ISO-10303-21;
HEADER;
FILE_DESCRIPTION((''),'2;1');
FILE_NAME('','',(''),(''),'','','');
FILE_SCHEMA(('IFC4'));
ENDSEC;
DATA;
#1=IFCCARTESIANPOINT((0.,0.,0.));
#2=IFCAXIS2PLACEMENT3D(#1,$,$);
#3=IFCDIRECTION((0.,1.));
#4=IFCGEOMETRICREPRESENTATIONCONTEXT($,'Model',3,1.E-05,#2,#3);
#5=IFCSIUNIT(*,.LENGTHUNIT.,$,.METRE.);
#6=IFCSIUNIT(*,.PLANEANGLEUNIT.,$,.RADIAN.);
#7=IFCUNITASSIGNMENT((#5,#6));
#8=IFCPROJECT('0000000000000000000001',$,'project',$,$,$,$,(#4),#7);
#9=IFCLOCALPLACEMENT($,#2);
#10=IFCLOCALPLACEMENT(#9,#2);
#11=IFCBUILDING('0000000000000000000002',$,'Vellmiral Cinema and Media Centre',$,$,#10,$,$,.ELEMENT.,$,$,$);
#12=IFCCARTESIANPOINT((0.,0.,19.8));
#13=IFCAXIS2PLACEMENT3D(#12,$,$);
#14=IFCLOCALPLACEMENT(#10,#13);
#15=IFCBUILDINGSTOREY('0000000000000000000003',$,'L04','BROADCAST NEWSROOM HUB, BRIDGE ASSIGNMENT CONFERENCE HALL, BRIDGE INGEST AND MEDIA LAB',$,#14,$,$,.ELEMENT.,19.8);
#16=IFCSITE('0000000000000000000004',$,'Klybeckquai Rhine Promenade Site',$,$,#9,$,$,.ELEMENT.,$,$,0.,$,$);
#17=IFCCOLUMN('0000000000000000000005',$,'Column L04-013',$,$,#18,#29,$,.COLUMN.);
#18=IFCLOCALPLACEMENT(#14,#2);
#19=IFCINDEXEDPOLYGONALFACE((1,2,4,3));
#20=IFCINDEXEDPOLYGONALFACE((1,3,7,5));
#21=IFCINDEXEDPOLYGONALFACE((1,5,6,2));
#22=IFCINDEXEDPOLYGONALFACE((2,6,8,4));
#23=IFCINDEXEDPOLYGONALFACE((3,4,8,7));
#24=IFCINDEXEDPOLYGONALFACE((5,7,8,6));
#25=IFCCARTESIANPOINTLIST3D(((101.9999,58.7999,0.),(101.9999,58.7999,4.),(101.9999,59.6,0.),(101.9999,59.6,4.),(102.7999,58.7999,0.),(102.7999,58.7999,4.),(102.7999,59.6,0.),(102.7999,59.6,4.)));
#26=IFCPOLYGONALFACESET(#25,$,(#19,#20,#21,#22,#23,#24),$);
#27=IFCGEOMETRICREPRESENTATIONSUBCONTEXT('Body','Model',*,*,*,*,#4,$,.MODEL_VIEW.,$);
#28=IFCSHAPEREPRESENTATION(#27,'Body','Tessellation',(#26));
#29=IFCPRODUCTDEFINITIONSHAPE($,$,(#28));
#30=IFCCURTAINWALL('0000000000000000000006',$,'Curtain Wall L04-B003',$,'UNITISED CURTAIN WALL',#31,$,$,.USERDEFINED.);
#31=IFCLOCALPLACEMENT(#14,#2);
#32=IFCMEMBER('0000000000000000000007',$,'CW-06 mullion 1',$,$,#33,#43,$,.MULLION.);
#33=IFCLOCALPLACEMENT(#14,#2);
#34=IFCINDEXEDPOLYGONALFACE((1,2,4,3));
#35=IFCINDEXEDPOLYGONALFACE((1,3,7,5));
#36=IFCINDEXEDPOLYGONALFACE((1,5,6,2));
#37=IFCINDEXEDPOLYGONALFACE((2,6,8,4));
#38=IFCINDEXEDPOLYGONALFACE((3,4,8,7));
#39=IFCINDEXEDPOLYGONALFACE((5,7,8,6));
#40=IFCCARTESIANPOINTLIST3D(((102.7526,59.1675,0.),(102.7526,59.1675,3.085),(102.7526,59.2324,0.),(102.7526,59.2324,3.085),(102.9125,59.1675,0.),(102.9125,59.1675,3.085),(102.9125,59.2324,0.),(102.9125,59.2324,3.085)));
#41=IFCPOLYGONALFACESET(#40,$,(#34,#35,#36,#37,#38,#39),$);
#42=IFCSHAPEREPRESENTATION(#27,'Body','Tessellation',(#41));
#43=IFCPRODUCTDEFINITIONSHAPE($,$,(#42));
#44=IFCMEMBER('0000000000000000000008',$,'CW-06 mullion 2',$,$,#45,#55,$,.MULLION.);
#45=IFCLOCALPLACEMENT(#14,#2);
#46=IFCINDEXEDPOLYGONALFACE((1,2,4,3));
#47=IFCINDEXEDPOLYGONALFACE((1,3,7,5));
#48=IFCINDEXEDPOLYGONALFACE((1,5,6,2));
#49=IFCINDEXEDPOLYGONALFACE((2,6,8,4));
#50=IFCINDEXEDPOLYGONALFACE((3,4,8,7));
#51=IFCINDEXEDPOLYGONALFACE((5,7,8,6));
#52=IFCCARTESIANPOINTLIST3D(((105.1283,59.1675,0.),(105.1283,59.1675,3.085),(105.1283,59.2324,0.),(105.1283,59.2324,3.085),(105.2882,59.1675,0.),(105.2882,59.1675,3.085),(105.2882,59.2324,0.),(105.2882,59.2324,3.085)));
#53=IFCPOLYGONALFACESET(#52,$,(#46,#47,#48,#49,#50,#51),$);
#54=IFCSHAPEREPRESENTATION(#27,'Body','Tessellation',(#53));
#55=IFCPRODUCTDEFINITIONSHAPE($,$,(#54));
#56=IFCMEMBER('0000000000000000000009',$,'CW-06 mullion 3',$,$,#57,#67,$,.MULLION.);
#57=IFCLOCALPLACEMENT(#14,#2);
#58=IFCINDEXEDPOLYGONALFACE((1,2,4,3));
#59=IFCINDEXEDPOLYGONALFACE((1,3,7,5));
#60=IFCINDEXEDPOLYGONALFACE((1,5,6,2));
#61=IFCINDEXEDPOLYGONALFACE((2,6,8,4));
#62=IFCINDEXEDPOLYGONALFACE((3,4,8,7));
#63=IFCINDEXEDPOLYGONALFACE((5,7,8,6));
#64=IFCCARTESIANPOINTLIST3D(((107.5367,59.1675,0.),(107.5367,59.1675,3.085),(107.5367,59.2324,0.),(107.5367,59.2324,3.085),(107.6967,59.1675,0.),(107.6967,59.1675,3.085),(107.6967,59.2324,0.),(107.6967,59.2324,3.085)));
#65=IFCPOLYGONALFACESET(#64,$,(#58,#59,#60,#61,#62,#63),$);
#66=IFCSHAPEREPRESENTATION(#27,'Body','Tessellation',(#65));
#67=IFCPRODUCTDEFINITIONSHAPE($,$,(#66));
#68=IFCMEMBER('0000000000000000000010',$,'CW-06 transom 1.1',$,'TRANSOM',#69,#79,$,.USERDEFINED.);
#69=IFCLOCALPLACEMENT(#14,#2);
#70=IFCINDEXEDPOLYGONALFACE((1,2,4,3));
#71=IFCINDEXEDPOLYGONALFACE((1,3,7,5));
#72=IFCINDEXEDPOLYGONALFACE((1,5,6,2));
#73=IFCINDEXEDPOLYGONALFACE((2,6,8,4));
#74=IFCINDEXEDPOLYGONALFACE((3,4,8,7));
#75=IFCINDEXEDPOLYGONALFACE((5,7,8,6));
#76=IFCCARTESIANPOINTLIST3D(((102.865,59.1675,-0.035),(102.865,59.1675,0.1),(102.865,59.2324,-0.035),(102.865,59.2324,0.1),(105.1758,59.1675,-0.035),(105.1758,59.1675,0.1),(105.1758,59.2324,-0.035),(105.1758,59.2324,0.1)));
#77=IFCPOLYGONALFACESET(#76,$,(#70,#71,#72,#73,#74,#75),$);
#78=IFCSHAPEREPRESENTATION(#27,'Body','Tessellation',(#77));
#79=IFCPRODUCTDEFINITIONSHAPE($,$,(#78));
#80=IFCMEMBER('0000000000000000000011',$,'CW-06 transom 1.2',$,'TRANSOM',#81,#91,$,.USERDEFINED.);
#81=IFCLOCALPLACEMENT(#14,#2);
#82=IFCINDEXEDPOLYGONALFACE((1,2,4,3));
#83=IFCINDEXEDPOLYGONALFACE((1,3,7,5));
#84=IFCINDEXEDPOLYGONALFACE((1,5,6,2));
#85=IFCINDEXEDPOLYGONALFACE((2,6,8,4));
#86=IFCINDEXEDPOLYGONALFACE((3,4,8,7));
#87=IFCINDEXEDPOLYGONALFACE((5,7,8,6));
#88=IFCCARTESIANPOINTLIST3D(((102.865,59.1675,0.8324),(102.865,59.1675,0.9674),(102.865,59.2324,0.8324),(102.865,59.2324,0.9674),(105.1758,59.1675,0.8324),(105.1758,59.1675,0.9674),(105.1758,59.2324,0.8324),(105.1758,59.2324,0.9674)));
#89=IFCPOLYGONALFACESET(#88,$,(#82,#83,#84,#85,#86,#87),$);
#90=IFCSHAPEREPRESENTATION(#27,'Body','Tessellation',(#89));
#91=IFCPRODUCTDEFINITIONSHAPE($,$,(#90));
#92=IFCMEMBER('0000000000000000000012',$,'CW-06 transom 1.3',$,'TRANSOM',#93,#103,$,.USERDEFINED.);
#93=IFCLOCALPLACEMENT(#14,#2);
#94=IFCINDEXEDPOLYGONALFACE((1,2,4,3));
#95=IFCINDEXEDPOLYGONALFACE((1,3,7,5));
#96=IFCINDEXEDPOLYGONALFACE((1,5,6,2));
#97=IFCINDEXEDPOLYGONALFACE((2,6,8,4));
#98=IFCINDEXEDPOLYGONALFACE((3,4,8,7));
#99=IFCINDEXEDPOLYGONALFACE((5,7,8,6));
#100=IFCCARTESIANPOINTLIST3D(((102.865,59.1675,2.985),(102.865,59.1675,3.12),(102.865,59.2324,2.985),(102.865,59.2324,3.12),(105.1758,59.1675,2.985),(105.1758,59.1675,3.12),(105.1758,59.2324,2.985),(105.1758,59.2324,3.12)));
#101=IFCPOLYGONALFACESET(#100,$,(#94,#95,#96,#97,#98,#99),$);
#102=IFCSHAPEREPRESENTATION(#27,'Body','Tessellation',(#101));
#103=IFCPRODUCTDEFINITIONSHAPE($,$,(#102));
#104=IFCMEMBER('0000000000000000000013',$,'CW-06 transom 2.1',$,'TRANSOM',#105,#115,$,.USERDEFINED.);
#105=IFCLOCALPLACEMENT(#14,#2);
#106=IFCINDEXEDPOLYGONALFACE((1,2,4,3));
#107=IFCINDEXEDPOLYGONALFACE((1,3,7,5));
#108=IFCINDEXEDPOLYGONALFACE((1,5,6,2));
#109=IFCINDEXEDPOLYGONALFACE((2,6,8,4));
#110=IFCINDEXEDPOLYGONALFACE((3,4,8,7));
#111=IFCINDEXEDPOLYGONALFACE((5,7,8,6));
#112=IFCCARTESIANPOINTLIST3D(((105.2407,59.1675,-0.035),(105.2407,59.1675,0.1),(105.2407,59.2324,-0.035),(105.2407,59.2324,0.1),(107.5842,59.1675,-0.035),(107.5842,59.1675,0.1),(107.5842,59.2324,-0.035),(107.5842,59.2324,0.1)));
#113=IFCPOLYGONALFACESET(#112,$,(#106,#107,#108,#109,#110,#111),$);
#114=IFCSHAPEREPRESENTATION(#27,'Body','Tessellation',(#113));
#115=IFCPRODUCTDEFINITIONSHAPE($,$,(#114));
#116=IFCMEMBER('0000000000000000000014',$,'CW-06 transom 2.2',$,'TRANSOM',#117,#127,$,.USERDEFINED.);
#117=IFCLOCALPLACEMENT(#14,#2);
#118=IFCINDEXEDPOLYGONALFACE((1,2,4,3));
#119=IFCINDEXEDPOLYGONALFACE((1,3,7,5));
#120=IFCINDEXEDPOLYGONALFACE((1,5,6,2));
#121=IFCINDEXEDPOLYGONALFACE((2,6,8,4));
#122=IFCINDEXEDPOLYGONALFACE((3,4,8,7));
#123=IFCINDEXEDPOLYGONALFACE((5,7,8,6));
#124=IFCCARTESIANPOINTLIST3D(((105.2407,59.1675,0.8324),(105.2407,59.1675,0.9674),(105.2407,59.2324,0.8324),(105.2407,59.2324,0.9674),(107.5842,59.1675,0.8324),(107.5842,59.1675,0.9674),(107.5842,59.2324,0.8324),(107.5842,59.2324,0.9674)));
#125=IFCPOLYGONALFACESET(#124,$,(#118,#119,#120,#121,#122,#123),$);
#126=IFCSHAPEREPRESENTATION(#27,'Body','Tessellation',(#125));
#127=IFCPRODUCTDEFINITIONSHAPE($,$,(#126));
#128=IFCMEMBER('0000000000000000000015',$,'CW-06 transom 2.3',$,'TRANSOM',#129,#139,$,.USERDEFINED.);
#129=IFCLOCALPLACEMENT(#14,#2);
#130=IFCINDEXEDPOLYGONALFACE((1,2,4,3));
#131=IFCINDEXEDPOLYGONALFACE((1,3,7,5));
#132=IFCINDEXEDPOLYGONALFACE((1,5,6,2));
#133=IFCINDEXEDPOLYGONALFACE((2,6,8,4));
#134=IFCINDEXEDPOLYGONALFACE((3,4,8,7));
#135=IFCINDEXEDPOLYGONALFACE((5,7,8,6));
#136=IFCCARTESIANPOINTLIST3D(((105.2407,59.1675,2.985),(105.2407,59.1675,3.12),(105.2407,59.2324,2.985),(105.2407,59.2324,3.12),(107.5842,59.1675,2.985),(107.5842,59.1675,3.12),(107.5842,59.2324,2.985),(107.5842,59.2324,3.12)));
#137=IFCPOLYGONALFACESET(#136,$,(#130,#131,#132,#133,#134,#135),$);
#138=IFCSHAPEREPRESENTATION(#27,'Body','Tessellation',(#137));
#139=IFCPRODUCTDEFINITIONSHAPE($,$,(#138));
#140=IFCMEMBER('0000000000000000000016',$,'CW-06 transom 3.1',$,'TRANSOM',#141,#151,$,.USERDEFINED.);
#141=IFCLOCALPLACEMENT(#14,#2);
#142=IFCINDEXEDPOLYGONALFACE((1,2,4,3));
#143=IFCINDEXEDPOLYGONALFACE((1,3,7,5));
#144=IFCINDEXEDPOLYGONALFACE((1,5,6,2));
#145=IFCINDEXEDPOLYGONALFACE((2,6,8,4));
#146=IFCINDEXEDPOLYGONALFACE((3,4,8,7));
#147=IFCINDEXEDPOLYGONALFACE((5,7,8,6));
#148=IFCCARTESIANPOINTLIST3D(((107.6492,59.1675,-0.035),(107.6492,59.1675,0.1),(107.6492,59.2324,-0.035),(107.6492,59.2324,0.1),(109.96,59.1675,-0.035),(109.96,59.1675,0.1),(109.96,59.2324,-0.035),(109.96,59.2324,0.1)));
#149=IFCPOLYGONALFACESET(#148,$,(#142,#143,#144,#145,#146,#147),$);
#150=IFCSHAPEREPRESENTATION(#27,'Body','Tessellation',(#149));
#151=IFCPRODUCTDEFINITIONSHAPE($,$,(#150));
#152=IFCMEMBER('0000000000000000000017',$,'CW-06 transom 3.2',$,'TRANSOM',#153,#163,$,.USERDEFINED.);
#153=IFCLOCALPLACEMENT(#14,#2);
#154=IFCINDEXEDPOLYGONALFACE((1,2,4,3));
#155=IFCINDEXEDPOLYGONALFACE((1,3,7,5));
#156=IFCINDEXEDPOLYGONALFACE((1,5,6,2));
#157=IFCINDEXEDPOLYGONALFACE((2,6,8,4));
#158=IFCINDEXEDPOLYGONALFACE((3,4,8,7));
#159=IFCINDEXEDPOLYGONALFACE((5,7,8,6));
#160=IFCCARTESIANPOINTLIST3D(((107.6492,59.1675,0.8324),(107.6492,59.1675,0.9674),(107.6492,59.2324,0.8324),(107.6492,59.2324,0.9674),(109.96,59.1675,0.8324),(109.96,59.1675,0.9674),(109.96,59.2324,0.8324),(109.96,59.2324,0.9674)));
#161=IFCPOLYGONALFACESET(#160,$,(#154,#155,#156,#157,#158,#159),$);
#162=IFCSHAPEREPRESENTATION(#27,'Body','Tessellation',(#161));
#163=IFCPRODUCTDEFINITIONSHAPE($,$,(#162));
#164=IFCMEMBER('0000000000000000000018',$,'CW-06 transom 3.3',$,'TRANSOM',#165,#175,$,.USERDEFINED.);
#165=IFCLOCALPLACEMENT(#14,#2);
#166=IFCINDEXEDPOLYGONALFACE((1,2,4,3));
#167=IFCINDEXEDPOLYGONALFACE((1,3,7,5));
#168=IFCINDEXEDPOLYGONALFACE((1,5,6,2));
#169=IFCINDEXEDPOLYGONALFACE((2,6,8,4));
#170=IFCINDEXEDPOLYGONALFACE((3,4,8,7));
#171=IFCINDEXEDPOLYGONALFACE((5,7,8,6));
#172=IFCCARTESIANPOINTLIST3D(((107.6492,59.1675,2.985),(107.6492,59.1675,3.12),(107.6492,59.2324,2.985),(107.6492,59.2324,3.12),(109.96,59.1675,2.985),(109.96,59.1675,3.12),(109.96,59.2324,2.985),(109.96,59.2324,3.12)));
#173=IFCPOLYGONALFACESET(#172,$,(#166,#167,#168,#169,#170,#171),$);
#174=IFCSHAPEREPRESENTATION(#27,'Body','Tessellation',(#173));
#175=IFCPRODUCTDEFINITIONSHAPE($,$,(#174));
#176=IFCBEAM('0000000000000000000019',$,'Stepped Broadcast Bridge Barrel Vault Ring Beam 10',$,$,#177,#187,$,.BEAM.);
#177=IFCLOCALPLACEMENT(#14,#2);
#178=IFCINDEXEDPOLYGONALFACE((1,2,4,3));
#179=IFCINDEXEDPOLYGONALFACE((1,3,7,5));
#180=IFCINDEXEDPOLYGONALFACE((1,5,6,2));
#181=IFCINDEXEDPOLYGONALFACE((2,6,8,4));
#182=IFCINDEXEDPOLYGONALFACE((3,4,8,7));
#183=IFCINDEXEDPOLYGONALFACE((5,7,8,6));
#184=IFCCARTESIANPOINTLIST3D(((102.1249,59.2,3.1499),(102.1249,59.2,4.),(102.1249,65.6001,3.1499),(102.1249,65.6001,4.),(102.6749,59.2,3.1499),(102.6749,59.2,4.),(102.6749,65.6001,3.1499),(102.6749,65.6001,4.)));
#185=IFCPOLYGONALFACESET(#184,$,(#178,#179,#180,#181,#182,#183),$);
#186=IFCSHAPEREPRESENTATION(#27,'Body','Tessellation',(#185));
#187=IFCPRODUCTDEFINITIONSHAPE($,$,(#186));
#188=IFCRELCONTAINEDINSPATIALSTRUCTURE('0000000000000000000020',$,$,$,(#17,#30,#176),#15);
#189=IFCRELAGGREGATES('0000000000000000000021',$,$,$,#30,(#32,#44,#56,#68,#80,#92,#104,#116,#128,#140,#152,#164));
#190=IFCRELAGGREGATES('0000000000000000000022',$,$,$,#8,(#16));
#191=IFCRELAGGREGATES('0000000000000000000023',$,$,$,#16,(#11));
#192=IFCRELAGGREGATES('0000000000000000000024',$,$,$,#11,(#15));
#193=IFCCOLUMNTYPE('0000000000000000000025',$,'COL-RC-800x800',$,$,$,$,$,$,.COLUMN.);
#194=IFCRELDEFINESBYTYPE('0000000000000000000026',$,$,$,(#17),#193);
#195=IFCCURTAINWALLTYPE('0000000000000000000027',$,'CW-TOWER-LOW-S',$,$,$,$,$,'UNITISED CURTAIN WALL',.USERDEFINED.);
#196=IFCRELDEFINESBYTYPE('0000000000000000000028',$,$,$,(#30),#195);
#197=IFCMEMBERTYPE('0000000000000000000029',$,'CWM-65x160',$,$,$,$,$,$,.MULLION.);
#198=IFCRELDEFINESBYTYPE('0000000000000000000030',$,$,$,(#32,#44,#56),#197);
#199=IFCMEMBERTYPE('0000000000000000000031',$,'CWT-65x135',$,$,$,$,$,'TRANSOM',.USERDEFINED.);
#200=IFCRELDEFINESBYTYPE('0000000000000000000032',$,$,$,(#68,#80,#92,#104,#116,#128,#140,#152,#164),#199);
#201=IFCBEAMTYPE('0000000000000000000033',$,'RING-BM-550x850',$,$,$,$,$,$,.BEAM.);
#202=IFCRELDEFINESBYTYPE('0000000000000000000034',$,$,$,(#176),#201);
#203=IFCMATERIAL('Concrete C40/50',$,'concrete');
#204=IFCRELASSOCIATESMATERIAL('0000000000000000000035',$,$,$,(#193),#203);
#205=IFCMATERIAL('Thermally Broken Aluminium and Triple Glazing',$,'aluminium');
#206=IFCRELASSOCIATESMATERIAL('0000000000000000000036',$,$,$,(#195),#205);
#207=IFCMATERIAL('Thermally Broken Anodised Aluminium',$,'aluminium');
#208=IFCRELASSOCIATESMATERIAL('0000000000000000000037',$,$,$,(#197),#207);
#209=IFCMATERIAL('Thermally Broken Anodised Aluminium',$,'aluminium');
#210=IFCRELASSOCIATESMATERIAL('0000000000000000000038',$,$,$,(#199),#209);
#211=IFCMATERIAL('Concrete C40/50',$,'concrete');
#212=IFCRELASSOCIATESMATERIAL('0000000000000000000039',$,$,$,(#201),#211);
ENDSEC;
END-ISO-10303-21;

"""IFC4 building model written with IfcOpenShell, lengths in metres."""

from ifc_helpers import new_model, si_unit, direction, frame, origin, origin_2d, place, context, subcontext, project, spatial, rectangle, extrude, material, material_profile, profile_set, type_object, element, aggregate, save


model = new_model("IFC4")

# Units and contexts
model_context = context("Model", 3, precision=1e-05, world=origin(), true_north=direction((0.0, 1.0)))
body_context = subcontext(model_context, "Body", "Model", "MODEL_VIEW")
ifc_project = project(units=[si_unit("LENGTHUNIT", "METRE"), si_unit("PLANEANGLEUNIT", "RADIAN")], contexts=[model_context])

# Site, building, storey
site_placement = place(None, origin())
site = spatial("IfcSite", under=ifc_project, at=site_placement, Name="Klybeckquai Rhine Promenade Site", CompositionType="ELEMENT", RefElevation=0.0)
building_placement = place(site_placement, origin())
building = spatial("IfcBuilding", under=site, at=building_placement, Name="Vellmiral Cinema and Media Centre", CompositionType="ELEMENT")
storey_placement = place(building_placement, frame((0.0, 0.0, 19.8)))
storey = spatial("IfcBuildingStorey", under=building, at=storey_placement, Name="L04", Description="BROADCAST NEWSROOM HUB, BRIDGE ASSIGNMENT CONFERENCE HALL, BRIDGE INGEST AND MEDIA LAB", CompositionType="ELEMENT", Elevation=19.8)

# Column
ifc_material_1 = material(Name="Concrete C40/50", Category="concrete")
ifc_material_profile_1 = material_profile(ifc_material_1, rectangle(XDim=0.8, YDim=0.8, at=origin_2d()), Name="RC 800x800")
ifc_profile_set_1 = profile_set([ifc_material_profile_1], Name="Concrete C40/50")
column_type = type_object("IfcColumnType", Name="COL-RC-800x800", PredefinedType="COLUMN", material=ifc_profile_set_1)
column_placement = place(storey_placement, frame((102.3999, 59.2, 0.0), z_axis=(0.0, 0.0, 1.0), x_axis=(1.0, 0.0, 0.0)))
element("IfcColumn", 1, at=column_placement, inside=storey, type_object=column_type, Name="Column L04-013", PredefinedType="COLUMN", context=body_context, shape_type="SweptSolid", body=[
    extrude(rectangle(XDim=0.8, YDim=0.8, at=origin_2d()), origin(), (0.0, 0.0, 1.0), 4.0),
])

# Curtain wall, members
ifc_material_2 = material(Name="Thermally Broken Aluminium and Triple Glazing", Category="aluminium")
curtain_wall_type = type_object("IfcCurtainWallType", Name="CW-TOWER-LOW-S", ElementType="UNITISED CURTAIN WALL", PredefinedType="USERDEFINED", material=ifc_material_2)
curtain_wall_placement = place(storey_placement, origin())
curtain_wall = element("IfcCurtainWall", 2, at=curtain_wall_placement, inside=storey, type_object=curtain_wall_type, Name="Curtain Wall L04-B003", ObjectType="UNITISED CURTAIN WALL", PredefinedType="USERDEFINED")
ifc_material_3 = material(Name="Thermally Broken Anodised Aluminium", Category="aluminium")
ifc_material_profile_2 = material_profile(ifc_material_3, rectangle(XDim=0.0649, YDim=0.1599, at=origin_2d()), Name="MULL 65x160")
ifc_profile_set_2 = profile_set([ifc_material_profile_2], Name="Thermally Broken Anodised Aluminium")
member_type_1 = type_object("IfcMemberType", Name="CWM-65x160", PredefinedType="MULLION", material=ifc_profile_set_2)
member_1_placement = place(storey_placement, frame((102.8325, 59.2, 0.0), z_axis=(0.0, 0.0, 1.0), x_axis=(0.0, 1.0, 0.0)))
member_1 = element("IfcMember", 3, at=member_1_placement, type_object=member_type_1, Name="CW-06 mullion 1", PredefinedType="MULLION", context=body_context, shape_type="SweptSolid", body=[
    extrude(rectangle(XDim=0.0649, YDim=0.1599, at=origin_2d()), origin(), (0.0, 0.0, 1.0), 3.085),
])
member_2_placement = place(storey_placement, frame((105.2083, 59.2, 0.0), z_axis=(0.0, 0.0, 1.0), x_axis=(0.0, 1.0, 0.0)))
member_2 = element("IfcMember", 4, at=member_2_placement, type_object=member_type_1, Name="CW-06 mullion 2", PredefinedType="MULLION", context=body_context, shape_type="SweptSolid", body=[
    extrude(rectangle(XDim=0.0649, YDim=0.1599, at=origin_2d()), origin(), (0.0, 0.0, 1.0), 3.085),
])
member_3_placement = place(storey_placement, frame((107.6167, 59.2, 0.0), z_axis=(0.0, 0.0, 1.0), x_axis=(0.0, 1.0, 0.0)))
member_3 = element("IfcMember", 5, at=member_3_placement, type_object=member_type_1, Name="CW-06 mullion 3", PredefinedType="MULLION", context=body_context, shape_type="SweptSolid", body=[
    extrude(rectangle(XDim=0.0649, YDim=0.1599, at=origin_2d()), origin(), (0.0, 0.0, 1.0), 3.085),
])
ifc_material_4 = material(Name="Thermally Broken Anodised Aluminium", Category="aluminium")
ifc_material_profile_3 = material_profile(ifc_material_4, rectangle(XDim=0.0649, YDim=0.135, at=origin_2d()), Name="MULL 65x135")
ifc_profile_set_3 = profile_set([ifc_material_profile_3], Name="Thermally Broken Anodised Aluminium")
member_type_2 = type_object("IfcMemberType", Name="CWT-65x135", ElementType="TRANSOM", PredefinedType="USERDEFINED", material=ifc_profile_set_3)
member_4_placement = place(storey_placement, frame((102.865, 59.2, 0.0325), z_axis=(1.0, 0.0, 0.0), x_axis=(0.0, 1.0, 0.0)))
member_4 = element("IfcMember", 6, at=member_4_placement, type_object=member_type_2, Name="CW-06 transom 1.1", ObjectType="TRANSOM", PredefinedType="USERDEFINED", context=body_context, shape_type="SweptSolid", body=[
    extrude(rectangle(XDim=0.0649, YDim=0.135, at=origin_2d()), origin(), (0.0, 0.0, 1.0), 2.3108),
])
member_5_placement = place(storey_placement, frame((102.865, 59.2, 0.8999), z_axis=(1.0, 0.0, 0.0), x_axis=(0.0, 1.0, 0.0)))
member_5 = element("IfcMember", 7, at=member_5_placement, type_object=member_type_2, Name="CW-06 transom 1.2", ObjectType="TRANSOM", PredefinedType="USERDEFINED", context=body_context, shape_type="SweptSolid", body=[
    extrude(rectangle(XDim=0.0649, YDim=0.135, at=origin_2d()), origin(), (0.0, 0.0, 1.0), 2.3108),
])
member_6_placement = place(storey_placement, frame((102.865, 59.2, 3.0525), z_axis=(1.0, 0.0, 0.0), x_axis=(0.0, 1.0, 0.0)))
member_6 = element("IfcMember", 8, at=member_6_placement, type_object=member_type_2, Name="CW-06 transom 1.3", ObjectType="TRANSOM", PredefinedType="USERDEFINED", context=body_context, shape_type="SweptSolid", body=[
    extrude(rectangle(XDim=0.0649, YDim=0.135, at=origin_2d()), origin(), (0.0, 0.0, 1.0), 2.3108),
])
member_7_placement = place(storey_placement, frame((105.2407, 59.2, 0.0325), z_axis=(1.0, 0.0, 0.0), x_axis=(0.0, 1.0, 0.0)))
member_7 = element("IfcMember", 9, at=member_7_placement, type_object=member_type_2, Name="CW-06 transom 2.1", ObjectType="TRANSOM", PredefinedType="USERDEFINED", context=body_context, shape_type="SweptSolid", body=[
    extrude(rectangle(XDim=0.0649, YDim=0.135, at=origin_2d()), origin(), (0.0, 0.0, 1.0), 2.3435),
])
member_8_placement = place(storey_placement, frame((105.2407, 59.2, 0.8999), z_axis=(1.0, 0.0, 0.0), x_axis=(0.0, 1.0, 0.0)))
member_8 = element("IfcMember", 10, at=member_8_placement, type_object=member_type_2, Name="CW-06 transom 2.2", ObjectType="TRANSOM", PredefinedType="USERDEFINED", context=body_context, shape_type="SweptSolid", body=[
    extrude(rectangle(XDim=0.0649, YDim=0.135, at=origin_2d()), origin(), (0.0, 0.0, 1.0), 2.3435),
])
member_9_placement = place(storey_placement, frame((105.2407, 59.2, 3.0525), z_axis=(1.0, 0.0, 0.0), x_axis=(0.0, 1.0, 0.0)))
member_9 = element("IfcMember", 11, at=member_9_placement, type_object=member_type_2, Name="CW-06 transom 2.3", ObjectType="TRANSOM", PredefinedType="USERDEFINED", context=body_context, shape_type="SweptSolid", body=[
    extrude(rectangle(XDim=0.0649, YDim=0.135, at=origin_2d()), origin(), (0.0, 0.0, 1.0), 2.3435),
])
member_10_placement = place(storey_placement, frame((107.6492, 59.2, 0.0325), z_axis=(1.0, 0.0, 0.0), x_axis=(0.0, 1.0, 0.0)))
member_10 = element("IfcMember", 12, at=member_10_placement, type_object=member_type_2, Name="CW-06 transom 3.1", ObjectType="TRANSOM", PredefinedType="USERDEFINED", context=body_context, shape_type="SweptSolid", body=[
    extrude(rectangle(XDim=0.0649, YDim=0.135, at=origin_2d()), origin(), (0.0, 0.0, 1.0), 2.3108),
])
member_11_placement = place(storey_placement, frame((107.6492, 59.2, 0.8999), z_axis=(1.0, 0.0, 0.0), x_axis=(0.0, 1.0, 0.0)))
member_11 = element("IfcMember", 13, at=member_11_placement, type_object=member_type_2, Name="CW-06 transom 3.2", ObjectType="TRANSOM", PredefinedType="USERDEFINED", context=body_context, shape_type="SweptSolid", body=[
    extrude(rectangle(XDim=0.0649, YDim=0.135, at=origin_2d()), origin(), (0.0, 0.0, 1.0), 2.3108),
])
member_12_placement = place(storey_placement, frame((107.6492, 59.2, 3.0525), z_axis=(1.0, 0.0, 0.0), x_axis=(0.0, 1.0, 0.0)))
member_12 = element("IfcMember", 14, at=member_12_placement, type_object=member_type_2, Name="CW-06 transom 3.3", ObjectType="TRANSOM", PredefinedType="USERDEFINED", context=body_context, shape_type="SweptSolid", body=[
    extrude(rectangle(XDim=0.0649, YDim=0.135, at=origin_2d()), origin(), (0.0, 0.0, 1.0), 2.3108),
])

# Beam
ifc_material_5 = material(Name="Concrete C40/50", Category="concrete")
ifc_material_profile_4 = material_profile(ifc_material_5, rectangle(XDim=0.55, YDim=0.8501, at=origin_2d()), Name="RC 550x850")
ifc_profile_set_4 = profile_set([ifc_material_profile_4], Name="Concrete C40/50")
beam_type_1 = type_object("IfcBeamType", Name="RING-BM-550x850", PredefinedType="BEAM", material=ifc_profile_set_4)
beam_1_placement = place(storey_placement, frame((102.3999, 59.2, 3.575), z_axis=(0.0, 1.0, 0.0), x_axis=(-1.0, 0.0, 0.0)))
element("IfcBeam", 15, at=beam_1_placement, inside=storey, type_object=beam_type_1, Name="Stepped Broadcast Bridge Barrel Vault Ring Beam 10", PredefinedType="BEAM", context=body_context, shape_type="SweptSolid", body=[
    extrude(rectangle(XDim=0.55, YDim=0.8501, at=origin_2d()), origin(), (0.0, 0.0, 1.0), 6.4001),
])

aggregate(curtain_wall, [member_1, member_2, member_3, member_4, member_5, member_6, member_7, member_8, member_9, member_10, member_11, member_12])

save(model, "model.ifc")
